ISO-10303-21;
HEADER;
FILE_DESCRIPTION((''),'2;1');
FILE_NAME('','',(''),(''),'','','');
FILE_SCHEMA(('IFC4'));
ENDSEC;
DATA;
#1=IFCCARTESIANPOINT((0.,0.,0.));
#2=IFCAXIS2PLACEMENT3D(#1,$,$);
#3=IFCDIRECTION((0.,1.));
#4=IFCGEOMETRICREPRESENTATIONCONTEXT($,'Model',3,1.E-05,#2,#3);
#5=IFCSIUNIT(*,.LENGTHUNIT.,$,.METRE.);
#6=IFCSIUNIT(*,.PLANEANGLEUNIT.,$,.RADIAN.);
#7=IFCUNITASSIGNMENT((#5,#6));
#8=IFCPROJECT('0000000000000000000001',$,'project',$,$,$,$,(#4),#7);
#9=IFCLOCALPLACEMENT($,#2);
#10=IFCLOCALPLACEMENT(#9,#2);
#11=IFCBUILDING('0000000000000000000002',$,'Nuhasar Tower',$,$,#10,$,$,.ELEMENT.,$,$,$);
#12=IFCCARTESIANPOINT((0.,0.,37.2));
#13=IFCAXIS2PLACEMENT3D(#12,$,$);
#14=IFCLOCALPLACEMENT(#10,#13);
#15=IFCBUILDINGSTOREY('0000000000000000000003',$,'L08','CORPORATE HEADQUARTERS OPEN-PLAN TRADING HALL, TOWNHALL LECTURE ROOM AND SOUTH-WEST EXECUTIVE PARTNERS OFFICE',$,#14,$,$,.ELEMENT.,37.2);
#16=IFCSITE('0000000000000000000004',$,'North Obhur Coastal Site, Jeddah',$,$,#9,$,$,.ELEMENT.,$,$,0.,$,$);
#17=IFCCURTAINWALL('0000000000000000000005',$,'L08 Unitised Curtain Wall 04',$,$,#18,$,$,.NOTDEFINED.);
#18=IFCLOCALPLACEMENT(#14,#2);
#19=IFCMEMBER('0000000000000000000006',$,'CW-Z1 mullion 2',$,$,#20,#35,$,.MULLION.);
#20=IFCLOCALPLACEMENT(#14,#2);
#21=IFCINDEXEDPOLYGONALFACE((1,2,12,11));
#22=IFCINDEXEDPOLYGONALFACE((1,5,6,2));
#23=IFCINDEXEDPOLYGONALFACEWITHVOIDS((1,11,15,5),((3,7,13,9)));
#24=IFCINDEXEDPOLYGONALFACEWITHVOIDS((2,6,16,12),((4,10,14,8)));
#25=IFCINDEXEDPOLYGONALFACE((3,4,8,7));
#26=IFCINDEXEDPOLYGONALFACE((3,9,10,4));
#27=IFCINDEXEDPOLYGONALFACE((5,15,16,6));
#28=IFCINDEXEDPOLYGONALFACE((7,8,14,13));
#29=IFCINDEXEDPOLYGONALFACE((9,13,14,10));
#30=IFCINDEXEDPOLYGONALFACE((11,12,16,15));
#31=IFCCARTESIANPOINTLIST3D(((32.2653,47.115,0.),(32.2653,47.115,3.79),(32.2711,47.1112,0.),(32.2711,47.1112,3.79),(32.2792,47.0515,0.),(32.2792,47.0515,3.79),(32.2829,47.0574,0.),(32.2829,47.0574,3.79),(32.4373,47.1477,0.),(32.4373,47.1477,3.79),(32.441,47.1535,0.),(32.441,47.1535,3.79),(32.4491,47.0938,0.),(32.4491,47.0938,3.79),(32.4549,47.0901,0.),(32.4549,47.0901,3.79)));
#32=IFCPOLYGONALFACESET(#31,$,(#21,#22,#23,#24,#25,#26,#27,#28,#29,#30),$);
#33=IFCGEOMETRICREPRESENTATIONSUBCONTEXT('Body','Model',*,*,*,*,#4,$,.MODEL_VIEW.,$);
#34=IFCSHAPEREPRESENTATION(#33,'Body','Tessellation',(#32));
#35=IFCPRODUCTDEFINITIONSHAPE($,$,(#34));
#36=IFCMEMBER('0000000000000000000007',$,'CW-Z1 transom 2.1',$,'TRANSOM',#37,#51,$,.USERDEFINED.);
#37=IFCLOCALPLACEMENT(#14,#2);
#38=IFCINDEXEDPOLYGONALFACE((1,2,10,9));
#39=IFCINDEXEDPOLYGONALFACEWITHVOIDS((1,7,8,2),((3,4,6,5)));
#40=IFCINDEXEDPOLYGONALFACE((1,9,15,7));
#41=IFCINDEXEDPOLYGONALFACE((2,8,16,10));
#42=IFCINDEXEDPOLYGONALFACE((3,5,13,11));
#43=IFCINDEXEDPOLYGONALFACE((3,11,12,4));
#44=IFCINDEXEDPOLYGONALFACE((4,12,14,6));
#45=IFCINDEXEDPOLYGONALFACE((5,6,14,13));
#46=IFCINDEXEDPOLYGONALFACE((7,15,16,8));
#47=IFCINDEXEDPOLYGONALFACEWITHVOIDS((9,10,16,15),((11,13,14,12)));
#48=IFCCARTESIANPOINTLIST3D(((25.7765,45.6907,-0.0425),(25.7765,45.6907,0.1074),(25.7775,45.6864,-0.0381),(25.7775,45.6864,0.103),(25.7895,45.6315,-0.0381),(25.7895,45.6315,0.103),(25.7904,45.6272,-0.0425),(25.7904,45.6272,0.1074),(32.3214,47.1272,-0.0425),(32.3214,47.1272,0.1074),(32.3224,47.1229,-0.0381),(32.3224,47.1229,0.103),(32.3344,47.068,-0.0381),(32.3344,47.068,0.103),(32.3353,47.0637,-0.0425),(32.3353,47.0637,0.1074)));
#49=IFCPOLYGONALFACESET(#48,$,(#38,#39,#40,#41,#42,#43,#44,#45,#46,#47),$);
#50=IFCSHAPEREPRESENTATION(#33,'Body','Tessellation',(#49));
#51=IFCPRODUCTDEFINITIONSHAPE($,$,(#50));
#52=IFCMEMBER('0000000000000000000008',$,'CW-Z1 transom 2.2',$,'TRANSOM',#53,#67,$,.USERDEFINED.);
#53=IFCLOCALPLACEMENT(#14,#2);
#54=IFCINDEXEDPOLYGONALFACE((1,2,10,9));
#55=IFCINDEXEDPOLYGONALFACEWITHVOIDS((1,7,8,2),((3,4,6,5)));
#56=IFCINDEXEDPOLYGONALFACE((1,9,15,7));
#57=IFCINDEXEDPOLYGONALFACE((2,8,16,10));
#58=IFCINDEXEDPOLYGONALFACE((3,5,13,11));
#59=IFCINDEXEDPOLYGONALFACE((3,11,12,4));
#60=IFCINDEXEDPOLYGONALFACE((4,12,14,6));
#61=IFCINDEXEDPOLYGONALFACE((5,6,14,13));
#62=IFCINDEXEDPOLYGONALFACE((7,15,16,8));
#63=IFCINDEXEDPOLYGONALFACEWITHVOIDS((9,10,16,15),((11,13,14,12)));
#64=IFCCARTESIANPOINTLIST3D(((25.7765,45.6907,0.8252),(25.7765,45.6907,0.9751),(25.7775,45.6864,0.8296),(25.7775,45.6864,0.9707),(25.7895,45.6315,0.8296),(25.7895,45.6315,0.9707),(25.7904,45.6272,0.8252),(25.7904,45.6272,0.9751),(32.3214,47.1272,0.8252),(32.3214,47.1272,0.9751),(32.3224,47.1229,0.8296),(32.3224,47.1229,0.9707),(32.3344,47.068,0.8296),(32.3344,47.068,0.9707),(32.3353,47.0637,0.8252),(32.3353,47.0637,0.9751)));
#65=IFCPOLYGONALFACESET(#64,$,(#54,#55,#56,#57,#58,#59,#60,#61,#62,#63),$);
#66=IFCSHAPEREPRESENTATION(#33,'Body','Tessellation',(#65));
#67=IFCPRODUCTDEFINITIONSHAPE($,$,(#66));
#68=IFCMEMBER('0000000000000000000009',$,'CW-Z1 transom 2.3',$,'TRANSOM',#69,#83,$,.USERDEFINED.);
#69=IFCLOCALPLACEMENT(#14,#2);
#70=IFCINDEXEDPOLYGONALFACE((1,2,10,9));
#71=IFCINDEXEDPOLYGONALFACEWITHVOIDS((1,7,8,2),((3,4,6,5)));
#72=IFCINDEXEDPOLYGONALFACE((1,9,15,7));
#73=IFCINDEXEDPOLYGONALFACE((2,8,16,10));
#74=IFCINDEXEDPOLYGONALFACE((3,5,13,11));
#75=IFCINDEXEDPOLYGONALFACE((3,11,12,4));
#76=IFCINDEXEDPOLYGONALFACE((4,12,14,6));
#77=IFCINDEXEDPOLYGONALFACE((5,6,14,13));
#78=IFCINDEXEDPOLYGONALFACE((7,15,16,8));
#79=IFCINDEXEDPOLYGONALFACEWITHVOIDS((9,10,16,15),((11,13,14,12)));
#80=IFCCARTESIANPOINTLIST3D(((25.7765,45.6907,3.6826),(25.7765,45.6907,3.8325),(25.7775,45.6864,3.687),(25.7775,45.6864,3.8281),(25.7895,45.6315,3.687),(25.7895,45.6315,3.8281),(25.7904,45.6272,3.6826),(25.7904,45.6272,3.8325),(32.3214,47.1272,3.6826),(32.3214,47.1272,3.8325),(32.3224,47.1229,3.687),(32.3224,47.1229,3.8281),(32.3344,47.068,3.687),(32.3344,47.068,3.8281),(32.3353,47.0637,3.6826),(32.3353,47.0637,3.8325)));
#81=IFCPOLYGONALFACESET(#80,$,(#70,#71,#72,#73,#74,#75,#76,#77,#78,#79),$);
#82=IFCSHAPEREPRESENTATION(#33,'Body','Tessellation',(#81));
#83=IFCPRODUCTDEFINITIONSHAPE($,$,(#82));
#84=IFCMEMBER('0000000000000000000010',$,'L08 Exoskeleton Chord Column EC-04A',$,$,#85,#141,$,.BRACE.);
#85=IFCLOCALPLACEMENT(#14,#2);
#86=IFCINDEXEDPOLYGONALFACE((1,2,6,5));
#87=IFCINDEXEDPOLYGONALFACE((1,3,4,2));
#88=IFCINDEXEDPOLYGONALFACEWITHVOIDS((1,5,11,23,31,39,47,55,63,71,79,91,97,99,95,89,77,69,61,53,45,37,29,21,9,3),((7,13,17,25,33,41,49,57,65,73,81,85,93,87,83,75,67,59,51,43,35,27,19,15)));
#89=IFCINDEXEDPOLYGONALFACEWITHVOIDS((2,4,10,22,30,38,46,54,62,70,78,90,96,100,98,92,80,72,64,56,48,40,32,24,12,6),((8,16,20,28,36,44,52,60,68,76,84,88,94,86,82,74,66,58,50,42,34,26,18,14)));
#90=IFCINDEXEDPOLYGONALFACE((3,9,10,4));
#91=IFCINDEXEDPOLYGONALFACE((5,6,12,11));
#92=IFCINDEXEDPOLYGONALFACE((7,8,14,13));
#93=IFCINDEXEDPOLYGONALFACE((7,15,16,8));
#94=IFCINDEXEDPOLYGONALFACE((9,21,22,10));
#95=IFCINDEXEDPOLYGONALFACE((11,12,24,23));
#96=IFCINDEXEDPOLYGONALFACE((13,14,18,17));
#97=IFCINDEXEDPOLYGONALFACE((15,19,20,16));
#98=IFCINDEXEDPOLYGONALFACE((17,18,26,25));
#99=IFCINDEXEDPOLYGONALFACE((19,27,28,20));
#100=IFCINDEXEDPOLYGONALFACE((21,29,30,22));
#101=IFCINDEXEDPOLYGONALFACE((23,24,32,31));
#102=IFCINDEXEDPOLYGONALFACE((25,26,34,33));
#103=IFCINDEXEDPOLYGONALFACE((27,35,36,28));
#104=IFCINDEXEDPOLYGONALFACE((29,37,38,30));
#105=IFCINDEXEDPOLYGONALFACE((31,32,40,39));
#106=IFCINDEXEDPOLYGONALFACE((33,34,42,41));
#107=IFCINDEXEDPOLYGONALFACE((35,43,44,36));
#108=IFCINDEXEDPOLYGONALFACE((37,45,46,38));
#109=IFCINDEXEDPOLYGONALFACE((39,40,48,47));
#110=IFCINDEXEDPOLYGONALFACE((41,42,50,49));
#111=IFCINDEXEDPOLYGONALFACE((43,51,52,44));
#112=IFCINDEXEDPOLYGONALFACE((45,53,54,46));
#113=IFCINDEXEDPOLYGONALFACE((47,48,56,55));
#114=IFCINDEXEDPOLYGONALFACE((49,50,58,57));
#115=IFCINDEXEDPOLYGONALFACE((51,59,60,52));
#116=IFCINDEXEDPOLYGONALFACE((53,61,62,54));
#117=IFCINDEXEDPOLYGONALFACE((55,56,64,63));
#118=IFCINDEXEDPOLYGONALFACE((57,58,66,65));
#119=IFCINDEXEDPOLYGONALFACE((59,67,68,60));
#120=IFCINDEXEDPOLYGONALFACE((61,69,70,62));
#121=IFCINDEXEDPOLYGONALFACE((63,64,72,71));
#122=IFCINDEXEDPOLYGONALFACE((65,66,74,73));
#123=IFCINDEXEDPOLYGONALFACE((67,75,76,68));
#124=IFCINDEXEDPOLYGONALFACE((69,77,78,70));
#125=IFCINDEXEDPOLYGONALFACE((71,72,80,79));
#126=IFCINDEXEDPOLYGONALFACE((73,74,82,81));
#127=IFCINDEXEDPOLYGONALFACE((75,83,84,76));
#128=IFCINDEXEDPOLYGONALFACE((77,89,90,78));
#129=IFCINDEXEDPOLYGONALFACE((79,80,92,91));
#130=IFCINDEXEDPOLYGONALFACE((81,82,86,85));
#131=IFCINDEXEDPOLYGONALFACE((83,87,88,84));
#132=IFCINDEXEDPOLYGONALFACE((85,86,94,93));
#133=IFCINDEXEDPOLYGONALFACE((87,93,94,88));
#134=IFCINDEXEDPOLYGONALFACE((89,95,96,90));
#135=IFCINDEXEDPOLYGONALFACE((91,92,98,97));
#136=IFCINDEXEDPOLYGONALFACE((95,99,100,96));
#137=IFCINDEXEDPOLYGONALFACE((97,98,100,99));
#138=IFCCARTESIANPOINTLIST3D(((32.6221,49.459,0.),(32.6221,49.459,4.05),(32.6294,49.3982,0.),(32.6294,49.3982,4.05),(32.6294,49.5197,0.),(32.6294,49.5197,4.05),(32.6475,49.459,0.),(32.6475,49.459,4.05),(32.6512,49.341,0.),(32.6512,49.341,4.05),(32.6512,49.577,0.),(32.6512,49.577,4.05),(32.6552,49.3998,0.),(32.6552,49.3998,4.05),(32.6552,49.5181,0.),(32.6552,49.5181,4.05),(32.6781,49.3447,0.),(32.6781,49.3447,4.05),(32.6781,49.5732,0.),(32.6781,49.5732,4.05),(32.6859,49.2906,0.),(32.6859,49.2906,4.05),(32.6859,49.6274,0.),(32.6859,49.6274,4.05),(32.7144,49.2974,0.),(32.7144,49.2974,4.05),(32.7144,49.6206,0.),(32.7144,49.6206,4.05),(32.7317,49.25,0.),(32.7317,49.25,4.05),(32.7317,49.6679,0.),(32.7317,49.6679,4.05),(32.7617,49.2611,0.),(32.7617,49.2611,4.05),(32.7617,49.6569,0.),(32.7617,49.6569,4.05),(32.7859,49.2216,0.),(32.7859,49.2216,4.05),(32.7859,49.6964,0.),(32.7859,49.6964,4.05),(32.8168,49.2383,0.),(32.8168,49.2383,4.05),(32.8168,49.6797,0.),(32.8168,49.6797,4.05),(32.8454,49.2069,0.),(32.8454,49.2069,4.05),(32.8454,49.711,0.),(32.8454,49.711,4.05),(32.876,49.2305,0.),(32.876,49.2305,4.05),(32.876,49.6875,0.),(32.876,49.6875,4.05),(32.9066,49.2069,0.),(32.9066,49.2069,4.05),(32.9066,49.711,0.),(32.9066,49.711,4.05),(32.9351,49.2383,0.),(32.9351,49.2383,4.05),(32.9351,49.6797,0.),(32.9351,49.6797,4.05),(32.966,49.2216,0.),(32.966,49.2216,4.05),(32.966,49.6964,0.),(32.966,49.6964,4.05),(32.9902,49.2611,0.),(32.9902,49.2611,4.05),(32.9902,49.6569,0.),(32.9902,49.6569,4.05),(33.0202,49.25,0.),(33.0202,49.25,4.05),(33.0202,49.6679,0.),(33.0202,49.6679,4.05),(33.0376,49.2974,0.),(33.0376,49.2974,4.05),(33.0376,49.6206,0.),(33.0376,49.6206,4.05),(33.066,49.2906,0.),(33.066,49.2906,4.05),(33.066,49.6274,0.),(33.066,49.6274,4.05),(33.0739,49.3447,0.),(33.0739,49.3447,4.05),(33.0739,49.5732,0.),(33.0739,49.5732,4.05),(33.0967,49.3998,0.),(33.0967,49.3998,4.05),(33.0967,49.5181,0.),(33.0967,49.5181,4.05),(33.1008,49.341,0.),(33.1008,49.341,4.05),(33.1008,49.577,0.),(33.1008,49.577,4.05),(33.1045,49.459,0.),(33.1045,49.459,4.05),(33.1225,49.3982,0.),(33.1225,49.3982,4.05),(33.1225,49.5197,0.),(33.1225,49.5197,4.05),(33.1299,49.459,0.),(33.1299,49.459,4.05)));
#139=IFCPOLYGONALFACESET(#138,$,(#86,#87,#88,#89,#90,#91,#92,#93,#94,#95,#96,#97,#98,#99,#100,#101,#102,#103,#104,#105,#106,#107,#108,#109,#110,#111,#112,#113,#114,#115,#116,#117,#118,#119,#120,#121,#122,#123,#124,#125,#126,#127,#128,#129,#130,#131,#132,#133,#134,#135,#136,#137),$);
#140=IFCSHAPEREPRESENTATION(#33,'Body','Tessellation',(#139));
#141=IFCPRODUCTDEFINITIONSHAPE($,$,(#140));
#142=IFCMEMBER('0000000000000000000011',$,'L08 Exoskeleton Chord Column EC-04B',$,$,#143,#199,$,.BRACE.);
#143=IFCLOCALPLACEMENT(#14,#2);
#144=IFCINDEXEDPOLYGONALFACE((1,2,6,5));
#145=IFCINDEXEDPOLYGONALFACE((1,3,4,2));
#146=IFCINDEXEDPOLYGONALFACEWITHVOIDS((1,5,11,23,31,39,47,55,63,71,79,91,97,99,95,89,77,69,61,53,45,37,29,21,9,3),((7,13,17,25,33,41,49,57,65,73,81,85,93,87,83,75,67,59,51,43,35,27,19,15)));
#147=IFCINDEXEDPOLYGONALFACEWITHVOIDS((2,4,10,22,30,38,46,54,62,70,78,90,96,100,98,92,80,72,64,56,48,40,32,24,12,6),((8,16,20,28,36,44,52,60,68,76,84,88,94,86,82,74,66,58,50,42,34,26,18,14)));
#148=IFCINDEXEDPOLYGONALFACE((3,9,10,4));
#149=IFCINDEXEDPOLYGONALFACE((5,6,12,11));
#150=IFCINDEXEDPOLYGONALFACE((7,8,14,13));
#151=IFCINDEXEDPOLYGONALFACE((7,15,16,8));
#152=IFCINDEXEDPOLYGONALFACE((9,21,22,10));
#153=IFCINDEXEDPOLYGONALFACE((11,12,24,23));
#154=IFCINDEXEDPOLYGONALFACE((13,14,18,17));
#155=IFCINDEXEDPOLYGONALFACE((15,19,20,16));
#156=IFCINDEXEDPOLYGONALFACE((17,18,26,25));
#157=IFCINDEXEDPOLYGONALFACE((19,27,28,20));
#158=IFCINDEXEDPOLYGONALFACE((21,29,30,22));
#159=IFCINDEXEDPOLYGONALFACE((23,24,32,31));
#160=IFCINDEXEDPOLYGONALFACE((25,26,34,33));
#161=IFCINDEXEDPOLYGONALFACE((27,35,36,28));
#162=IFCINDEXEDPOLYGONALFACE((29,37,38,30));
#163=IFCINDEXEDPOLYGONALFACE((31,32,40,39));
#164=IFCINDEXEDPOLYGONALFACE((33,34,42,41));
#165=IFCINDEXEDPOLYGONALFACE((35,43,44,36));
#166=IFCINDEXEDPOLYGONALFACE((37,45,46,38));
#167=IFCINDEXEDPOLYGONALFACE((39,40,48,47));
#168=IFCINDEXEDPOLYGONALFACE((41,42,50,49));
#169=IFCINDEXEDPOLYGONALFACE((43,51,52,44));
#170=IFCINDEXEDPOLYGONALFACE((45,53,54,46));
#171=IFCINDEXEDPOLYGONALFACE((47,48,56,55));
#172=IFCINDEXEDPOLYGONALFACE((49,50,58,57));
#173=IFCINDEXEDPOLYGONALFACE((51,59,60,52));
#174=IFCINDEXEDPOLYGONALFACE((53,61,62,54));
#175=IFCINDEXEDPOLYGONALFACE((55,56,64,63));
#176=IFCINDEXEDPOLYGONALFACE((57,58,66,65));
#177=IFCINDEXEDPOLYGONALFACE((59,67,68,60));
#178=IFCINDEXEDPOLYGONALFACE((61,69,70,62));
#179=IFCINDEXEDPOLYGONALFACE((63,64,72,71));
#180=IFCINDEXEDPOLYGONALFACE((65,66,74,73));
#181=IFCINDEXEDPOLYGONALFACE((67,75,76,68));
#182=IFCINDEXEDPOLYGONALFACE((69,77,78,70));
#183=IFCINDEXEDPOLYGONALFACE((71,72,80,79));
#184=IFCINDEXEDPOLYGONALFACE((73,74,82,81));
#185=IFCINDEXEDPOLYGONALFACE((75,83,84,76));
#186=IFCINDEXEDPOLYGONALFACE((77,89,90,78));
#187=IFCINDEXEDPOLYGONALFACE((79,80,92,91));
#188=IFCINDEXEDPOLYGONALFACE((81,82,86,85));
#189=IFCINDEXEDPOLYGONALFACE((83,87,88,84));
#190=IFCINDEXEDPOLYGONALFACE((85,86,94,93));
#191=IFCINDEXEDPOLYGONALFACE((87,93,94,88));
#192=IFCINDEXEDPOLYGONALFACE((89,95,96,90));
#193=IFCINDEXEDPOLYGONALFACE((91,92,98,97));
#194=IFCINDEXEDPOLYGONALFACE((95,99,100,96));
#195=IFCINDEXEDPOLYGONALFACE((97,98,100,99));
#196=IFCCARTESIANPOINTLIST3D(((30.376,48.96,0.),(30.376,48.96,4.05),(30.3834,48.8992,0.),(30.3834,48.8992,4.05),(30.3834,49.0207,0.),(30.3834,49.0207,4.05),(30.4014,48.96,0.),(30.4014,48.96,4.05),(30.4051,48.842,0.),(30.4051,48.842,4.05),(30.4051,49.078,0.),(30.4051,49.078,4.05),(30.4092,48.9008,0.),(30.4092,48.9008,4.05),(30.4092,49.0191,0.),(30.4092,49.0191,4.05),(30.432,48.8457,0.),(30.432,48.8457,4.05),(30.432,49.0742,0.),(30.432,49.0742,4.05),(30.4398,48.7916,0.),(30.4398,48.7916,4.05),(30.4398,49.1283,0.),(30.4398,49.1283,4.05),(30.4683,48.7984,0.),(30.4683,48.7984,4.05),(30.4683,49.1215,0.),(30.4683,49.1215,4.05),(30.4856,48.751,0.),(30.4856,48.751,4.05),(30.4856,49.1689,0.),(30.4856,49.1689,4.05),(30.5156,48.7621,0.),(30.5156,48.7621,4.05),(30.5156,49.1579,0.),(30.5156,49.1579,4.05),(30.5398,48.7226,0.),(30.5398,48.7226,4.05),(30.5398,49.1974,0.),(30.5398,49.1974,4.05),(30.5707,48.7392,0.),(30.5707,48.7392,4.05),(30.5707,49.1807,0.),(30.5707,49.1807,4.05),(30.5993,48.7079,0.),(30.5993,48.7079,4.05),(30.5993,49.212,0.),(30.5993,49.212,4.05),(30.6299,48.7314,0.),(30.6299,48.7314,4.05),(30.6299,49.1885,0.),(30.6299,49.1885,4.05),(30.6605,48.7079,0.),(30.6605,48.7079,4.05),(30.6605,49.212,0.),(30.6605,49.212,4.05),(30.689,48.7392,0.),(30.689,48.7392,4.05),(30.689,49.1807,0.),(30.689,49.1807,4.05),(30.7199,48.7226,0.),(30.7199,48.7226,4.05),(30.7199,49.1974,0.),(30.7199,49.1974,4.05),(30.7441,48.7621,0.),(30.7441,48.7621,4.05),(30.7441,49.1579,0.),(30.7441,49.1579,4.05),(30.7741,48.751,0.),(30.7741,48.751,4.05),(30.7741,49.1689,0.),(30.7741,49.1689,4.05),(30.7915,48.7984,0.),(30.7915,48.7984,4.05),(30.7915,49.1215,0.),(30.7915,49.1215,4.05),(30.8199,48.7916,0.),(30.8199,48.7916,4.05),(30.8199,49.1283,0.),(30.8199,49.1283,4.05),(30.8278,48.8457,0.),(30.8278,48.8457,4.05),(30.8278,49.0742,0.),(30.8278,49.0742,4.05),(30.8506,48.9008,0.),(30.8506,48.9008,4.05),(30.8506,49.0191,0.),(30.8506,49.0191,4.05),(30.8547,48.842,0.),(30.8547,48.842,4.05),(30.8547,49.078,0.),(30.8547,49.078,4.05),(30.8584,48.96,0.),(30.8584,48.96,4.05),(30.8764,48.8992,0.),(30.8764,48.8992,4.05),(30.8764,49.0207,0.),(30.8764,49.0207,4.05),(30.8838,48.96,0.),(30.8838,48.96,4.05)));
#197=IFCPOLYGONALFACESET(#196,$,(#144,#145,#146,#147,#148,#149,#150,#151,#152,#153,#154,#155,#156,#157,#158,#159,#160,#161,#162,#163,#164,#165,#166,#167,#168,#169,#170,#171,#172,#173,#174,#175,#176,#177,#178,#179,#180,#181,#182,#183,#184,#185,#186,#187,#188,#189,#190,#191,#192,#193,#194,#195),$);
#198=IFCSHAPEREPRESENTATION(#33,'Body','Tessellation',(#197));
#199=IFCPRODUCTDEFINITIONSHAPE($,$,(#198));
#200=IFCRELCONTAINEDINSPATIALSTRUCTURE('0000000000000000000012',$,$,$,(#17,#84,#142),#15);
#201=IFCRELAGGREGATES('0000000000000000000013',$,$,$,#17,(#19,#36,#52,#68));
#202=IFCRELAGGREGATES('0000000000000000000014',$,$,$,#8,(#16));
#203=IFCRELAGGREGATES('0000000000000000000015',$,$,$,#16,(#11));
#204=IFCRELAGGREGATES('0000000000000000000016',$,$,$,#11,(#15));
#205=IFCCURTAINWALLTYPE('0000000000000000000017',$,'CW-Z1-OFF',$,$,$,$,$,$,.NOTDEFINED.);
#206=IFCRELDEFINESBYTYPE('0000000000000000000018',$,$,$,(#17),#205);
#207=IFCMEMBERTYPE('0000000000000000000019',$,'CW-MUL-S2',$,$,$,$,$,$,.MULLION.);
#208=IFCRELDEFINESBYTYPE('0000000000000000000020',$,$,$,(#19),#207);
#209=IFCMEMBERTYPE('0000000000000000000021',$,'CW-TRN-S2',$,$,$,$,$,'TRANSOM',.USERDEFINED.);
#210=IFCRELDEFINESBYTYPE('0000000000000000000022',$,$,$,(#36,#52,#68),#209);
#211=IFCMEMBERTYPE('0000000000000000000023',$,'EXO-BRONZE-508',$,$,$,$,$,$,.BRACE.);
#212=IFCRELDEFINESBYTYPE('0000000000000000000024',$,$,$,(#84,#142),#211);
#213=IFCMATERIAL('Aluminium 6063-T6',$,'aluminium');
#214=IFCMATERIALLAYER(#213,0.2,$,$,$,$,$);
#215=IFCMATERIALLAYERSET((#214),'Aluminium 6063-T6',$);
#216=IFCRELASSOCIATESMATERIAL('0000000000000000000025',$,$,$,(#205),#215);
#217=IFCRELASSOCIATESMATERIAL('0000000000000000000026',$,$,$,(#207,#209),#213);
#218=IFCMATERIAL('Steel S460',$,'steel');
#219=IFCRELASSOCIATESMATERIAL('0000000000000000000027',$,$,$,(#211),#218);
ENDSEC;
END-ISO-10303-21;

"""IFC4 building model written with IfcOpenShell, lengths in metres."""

from ifc_helpers import new_model, si_unit, direction, frame, origin, origin_2d, place, context, subcontext, project, spatial, hollow_rectangle, hollow_circle, extrude, material, layer, layer_set, material_profile, profile_set, type_object, element, aggregate, save


model = new_model("IFC4")

# Units and contexts
model_context = context("Model", 3, precision=1e-05, world=origin(), true_north=direction((0.0, 1.0)))
body_context = subcontext(model_context, "Body", "Model", "MODEL_VIEW")
ifc_project = project(units=[si_unit("LENGTHUNIT", "METRE"), si_unit("PLANEANGLEUNIT", "RADIAN")], contexts=[model_context])

# Site, building, storey
site_placement = place(None, origin())
site = spatial("IfcSite", under=ifc_project, at=site_placement, Name="North Obhur Coastal Site, Jeddah", CompositionType="ELEMENT", RefElevation=0.0)
building_placement = place(site_placement, origin())
building = spatial("IfcBuilding", under=site, at=building_placement, Name="Nuhasar Tower", CompositionType="ELEMENT")
storey_placement = place(building_placement, frame((0.0, 0.0, 37.2)))
storey = spatial("IfcBuildingStorey", under=building, at=storey_placement, Name="L08", Description="CORPORATE HEADQUARTERS OPEN-PLAN TRADING HALL, TOWNHALL LECTURE ROOM AND SOUTH-WEST EXECUTIVE PARTNERS OFFICE", CompositionType="ELEMENT", Elevation=37.2)

# Curtain wall, members
ifc_material_1 = material(Name="Aluminium 6063-T6", Category="aluminium")
ifc_layer_1 = layer(ifc_material_1, 0.2)
ifc_layer_set_1 = layer_set([ifc_layer_1], Name="Aluminium 6063-T6")
curtain_wall_type = type_object("IfcCurtainWallType", Name="CW-Z1-OFF", PredefinedType="NOTDEFINED", material=ifc_layer_set_1)
curtain_wall_placement = place(storey_placement, origin())
curtain_wall = element("IfcCurtainWall", 1, at=curtain_wall_placement, inside=storey, type_object=curtain_wall_type, Name="L08 Unitised Curtain Wall 04", PredefinedType="NOTDEFINED")
ifc_material_profile_1 = material_profile(ifc_material_1, hollow_rectangle(XDim=0.0649, YDim=0.1799, WallThickness=0.0049, at=origin_2d()), Name="CWM-2")
ifc_profile_set_1 = profile_set([ifc_material_profile_1], Name="Aluminium 6063-T6")
member_type_1 = type_object("IfcMemberType", Name="CW-MUL-S2", PredefinedType="MULLION", material=ifc_profile_set_1)
member_1_placement = place(storey_placement, frame((32.3601, 47.1025, 0.0), z_axis=(0.0, 0.0, 1.0), x_axis=(0.214399, -0.976746, 0.0)))
member_1 = element("IfcMember", 2, at=member_1_placement, type_object=member_type_1, Name="CW-Z1 mullion 2", PredefinedType="MULLION", context=body_context, shape_type="SweptSolid", body=[
    extrude(hollow_rectangle(XDim=0.0649, YDim=0.1799, WallThickness=0.0049, at=origin_2d()), origin(), (0.0, 0.0, 1.0), 3.79),
])
ifc_material_profile_2 = material_profile(ifc_material_1, hollow_rectangle(XDim=0.0649, YDim=0.1499, WallThickness=0.0044, at=origin_2d()), Name="CWT-2")
ifc_profile_set_2 = profile_set([ifc_material_profile_2], Name="Aluminium 6063-T6")
member_type_2 = type_object("IfcMemberType", Name="CW-TRN-S2", ElementType="TRANSOM", PredefinedType="USERDEFINED", material=ifc_profile_set_2)
member_2_placement = place(storey_placement, frame((32.3284, 47.0955, 0.0325), z_axis=(-0.97675, -0.214384, 0.0), x_axis=(0.214384, -0.97675, 0.0)))
member_2 = element("IfcMember", 3, at=member_2_placement, type_object=member_type_2, Name="CW-Z1 transom 2.1", ObjectType="TRANSOM", PredefinedType="USERDEFINED", context=body_context, shape_type="SweptSolid", body=[
    extrude(hollow_rectangle(XDim=0.0649, YDim=0.1499, WallThickness=0.0044, at=origin_2d()), origin(), (0.0, 0.0, 1.0), 6.7007),
])
member_3_placement = place(storey_placement, frame((32.3284, 47.0955, 0.9001), z_axis=(-0.97675, -0.214384, 0.0), x_axis=(0.214384, -0.97675, 0.0)))
member_3 = element("IfcMember", 4, at=member_3_placement, type_object=member_type_2, Name="CW-Z1 transom 2.2", ObjectType="TRANSOM", PredefinedType="USERDEFINED", context=body_context, shape_type="SweptSolid", body=[
    extrude(hollow_rectangle(XDim=0.0649, YDim=0.1499, WallThickness=0.0044, at=origin_2d()), origin(), (0.0, 0.0, 1.0), 6.7007),
])
member_4_placement = place(storey_placement, frame((32.3284, 47.0955, 3.7576), z_axis=(-0.97675, -0.214384, 0.0), x_axis=(0.214384, -0.97675, 0.0)))
member_4 = element("IfcMember", 5, at=member_4_placement, type_object=member_type_2, Name="CW-Z1 transom 2.3", ObjectType="TRANSOM", PredefinedType="USERDEFINED", context=body_context, shape_type="SweptSolid", body=[
    extrude(hollow_rectangle(XDim=0.0649, YDim=0.1499, WallThickness=0.0044, at=origin_2d()), origin(), (0.0, 0.0, 1.0), 6.7007),
])

# Members
ifc_material_2 = material(Name="Steel S460", Category="steel")
ifc_material_profile_3 = material_profile(ifc_material_2, hollow_circle(Radius=0.2539, WallThickness=0.0254, at=origin_2d()), Name="HSS508X25.4")
ifc_profile_set_3 = profile_set([ifc_material_profile_3], Name="Steel S460")
member_type_3 = type_object("IfcMemberType", Name="EXO-BRONZE-508", PredefinedType="BRACE", material=ifc_profile_set_3)
for number, where, z_axis, x_axis, name in (
    (6, (32.876, 49.459, 0.0), (0.0, 0.0, 1.0), (1.0, 0.0, 0.0), "L08 Exoskeleton Chord Column EC-04A"),
    (7, (30.6299, 48.96, 0.0), (0.0, 0.0, 1.0), (1.0, 0.0, 0.0), "L08 Exoskeleton Chord Column EC-04B"),
):
    element("IfcMember", number, at=place(storey_placement, frame(where, z_axis=z_axis, x_axis=x_axis)), inside=storey, type_object=member_type_3, Name=name, PredefinedType="BRACE", context=body_context, shape_type="SweptSolid", body=[
        extrude(hollow_circle(Radius=0.2539, WallThickness=0.0254, at=origin_2d()), origin(), (0.0, 0.0, 1.0), 4.05),
    ])

aggregate(curtain_wall, [member_1, member_2, member_3, member_4])

save(model, "model.ifc")
